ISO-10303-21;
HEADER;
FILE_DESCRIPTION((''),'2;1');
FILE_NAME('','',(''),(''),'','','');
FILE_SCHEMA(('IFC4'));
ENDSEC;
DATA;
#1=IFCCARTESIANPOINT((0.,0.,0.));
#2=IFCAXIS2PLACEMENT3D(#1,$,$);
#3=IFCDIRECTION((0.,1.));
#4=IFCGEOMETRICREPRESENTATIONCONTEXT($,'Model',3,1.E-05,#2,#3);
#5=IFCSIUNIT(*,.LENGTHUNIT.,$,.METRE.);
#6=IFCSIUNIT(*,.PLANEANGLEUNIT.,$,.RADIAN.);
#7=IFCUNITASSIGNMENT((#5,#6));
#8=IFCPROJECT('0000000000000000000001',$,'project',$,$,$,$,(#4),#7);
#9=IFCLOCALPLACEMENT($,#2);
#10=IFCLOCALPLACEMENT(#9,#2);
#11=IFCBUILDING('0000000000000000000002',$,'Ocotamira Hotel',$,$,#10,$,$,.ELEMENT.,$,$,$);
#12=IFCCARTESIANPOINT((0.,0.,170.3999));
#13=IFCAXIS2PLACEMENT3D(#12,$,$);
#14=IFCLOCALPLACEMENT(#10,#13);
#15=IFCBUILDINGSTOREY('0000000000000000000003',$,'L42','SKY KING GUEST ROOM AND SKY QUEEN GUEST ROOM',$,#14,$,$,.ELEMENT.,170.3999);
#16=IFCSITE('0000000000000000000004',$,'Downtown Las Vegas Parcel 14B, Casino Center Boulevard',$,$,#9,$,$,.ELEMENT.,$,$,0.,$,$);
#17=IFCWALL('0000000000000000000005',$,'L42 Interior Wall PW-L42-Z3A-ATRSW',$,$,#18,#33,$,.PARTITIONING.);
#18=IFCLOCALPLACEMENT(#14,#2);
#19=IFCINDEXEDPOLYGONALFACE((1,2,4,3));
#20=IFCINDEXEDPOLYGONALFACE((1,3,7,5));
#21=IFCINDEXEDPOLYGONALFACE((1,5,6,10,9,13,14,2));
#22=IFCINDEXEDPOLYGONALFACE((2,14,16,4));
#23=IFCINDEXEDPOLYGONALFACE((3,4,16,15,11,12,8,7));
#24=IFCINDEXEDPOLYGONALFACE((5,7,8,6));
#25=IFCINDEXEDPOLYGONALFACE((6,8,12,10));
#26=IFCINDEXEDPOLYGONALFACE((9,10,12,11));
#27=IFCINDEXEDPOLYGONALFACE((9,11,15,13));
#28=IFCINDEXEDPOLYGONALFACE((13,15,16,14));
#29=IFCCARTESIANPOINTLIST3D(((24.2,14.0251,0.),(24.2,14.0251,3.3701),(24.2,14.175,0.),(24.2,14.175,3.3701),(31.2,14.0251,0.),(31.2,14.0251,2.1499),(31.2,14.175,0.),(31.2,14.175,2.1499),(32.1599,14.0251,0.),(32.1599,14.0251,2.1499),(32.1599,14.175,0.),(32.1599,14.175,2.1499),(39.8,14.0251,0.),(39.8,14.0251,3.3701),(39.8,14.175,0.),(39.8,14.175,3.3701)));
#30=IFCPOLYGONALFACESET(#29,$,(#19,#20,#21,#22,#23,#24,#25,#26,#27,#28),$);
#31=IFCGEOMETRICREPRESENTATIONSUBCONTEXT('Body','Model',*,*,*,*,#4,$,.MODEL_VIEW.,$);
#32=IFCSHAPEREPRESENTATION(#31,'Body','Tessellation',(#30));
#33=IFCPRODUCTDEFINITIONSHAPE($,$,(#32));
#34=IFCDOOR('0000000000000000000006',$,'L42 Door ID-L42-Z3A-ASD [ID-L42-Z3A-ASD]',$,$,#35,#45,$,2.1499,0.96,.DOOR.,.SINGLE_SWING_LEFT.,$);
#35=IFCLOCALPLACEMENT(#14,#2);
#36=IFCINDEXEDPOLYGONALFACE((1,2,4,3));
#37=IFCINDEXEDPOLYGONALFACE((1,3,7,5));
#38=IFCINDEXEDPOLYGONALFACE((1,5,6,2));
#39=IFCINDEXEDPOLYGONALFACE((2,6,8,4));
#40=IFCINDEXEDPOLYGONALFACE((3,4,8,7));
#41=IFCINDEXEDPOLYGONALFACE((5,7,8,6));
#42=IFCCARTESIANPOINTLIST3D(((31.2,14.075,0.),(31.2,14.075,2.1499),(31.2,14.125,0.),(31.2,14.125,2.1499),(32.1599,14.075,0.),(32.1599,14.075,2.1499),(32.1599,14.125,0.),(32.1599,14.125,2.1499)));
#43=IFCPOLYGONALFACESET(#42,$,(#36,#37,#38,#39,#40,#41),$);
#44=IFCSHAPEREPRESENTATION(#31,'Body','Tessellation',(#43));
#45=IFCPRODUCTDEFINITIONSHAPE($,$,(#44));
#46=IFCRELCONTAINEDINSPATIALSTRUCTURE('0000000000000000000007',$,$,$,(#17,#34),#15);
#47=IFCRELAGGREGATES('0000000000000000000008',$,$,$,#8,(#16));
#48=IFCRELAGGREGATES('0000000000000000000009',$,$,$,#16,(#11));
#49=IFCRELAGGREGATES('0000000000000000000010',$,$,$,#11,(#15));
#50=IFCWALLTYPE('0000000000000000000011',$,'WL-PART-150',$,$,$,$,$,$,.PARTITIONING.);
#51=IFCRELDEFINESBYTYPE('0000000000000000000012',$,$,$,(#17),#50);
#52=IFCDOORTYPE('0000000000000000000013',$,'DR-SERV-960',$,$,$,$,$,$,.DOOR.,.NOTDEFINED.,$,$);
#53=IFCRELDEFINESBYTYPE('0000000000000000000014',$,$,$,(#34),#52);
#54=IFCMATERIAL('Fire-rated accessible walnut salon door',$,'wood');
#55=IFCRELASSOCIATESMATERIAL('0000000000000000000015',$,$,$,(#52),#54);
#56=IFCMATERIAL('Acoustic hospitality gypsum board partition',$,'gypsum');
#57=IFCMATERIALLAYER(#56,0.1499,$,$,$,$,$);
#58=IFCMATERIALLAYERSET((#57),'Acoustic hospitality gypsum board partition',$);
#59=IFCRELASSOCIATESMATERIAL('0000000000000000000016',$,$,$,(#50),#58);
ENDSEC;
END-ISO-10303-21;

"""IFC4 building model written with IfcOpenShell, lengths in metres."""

from ifc_helpers import new_model, si_unit, direction, frame, frame_2d, origin, place, context, subcontext, project, spatial, rectangle, extrude, source, transform, mapped, material, layer, layer_set, type_object, element, fill, save


model = new_model("IFC4")

# Units and contexts
model_context = context("Model", 3, precision=1e-05, world=origin(), true_north=direction((0.0, 1.0)))
body_context = subcontext(model_context, "Body", "Model", "MODEL_VIEW")
ifc_project = project(units=[si_unit("LENGTHUNIT", "METRE"), si_unit("PLANEANGLEUNIT", "RADIAN")], contexts=[model_context])

# Site, building, storey
site_placement = place(None, origin())
site = spatial("IfcSite", under=ifc_project, at=site_placement, Name="Downtown Las Vegas Parcel 14B, Casino Center Boulevard", CompositionType="ELEMENT", RefElevation=0.0)
building_placement = place(site_placement, origin())
building = spatial("IfcBuilding", under=site, at=building_placement, Name="Ocotamira Hotel", CompositionType="ELEMENT")
storey_placement = place(building_placement, frame((0.0, 0.0, 170.3999)))
storey = spatial("IfcBuildingStorey", under=building, at=storey_placement, Name="L42", Description="SKY KING GUEST ROOM AND SKY QUEEN GUEST ROOM", CompositionType="ELEMENT", Elevation=170.3999)

# Shared definitions
ifc_material_1 = material(Name="Fire-rated accessible walnut salon door", Category="wood")
door_type_1 = type_object("IfcDoorType", Name="DR-SERV-960", OperationType="NOTDEFINED", PredefinedType="DOOR", material=ifc_material_1)
shared_shape_1 = source(origin(), body_context, "Body", "SweptSolid", [
    extrude(rectangle(XDim=0.96, YDim=2.1499, at=frame_2d((0.48, 1.075))), frame((0.0, 0.0249, 0.0), z_axis=(0.0, -1.0, 0.0), x_axis=(1.0, 0.0, 0.0)), (0.0, 0.0, 1.0), 0.05),
])

# Wall, opening, door
ifc_material_2 = material(Name="Acoustic hospitality gypsum board partition", Category="gypsum")
ifc_layer_1 = layer(ifc_material_2, 0.1499)
ifc_layer_set_1 = layer_set([ifc_layer_1], Name="Acoustic hospitality gypsum board partition")
wall_type_1 = type_object("IfcWallType", Name="WL-PART-150", PredefinedType="PARTITIONING", material=ifc_layer_set_1)
wall_1_placement = place(storey_placement, frame((24.2, 14.1001, 0.0), z_axis=(0.0, 0.0, 1.0), x_axis=(1.0, 0.0, 0.0)))
wall_1 = element("IfcWall", 1, at=wall_1_placement, inside=storey, type_object=wall_type_1, Name="L42 Interior Wall PW-L42-Z3A-ATRSW", PredefinedType="PARTITIONING", context=body_context, shape_type="SweptSolid", body=[
    extrude(rectangle(XDim=15.6001, YDim=0.1499, at=frame_2d((7.8, 0.0))), origin(), (0.0, 0.0, 1.0), 3.3701),
])
opening_1_placement = place(wall_1_placement, frame((7.0, 0.0, 0.0)))
opening_1 = element("IfcOpeningElement", 2, at=opening_1_placement, cuts=wall_1, PredefinedType="OPENING", context=body_context, shape_type="SweptSolid", body=[
    extrude(rectangle(XDim=0.96, YDim=2.1499, at=frame_2d((0.48, 1.075))), frame((0.0, 0.085, 0.0), z_axis=(0.0, -1.0, 0.0), x_axis=(1.0, 0.0, 0.0)), (0.0, 0.0, 1.0), 0.1699),
])
door_1_placement = place(opening_1_placement, origin())
door_1 = element("IfcDoor", 3, at=door_1_placement, inside=storey, type_object=door_type_1, Name="L42 Door ID-L42-Z3A-ASD [ID-L42-Z3A-ASD]", OperationType="SINGLE_SWING_LEFT", OverallHeight=2.1499, OverallWidth=0.96, PredefinedType="DOOR", context=body_context, shape_type="MappedRepresentation", body=[
    mapped(shared_shape_1, transform((0.0, 0.0, 0.0), scale=1.0)),
])
fill(opening_1, door_1)

save(model, "model.ifc")
